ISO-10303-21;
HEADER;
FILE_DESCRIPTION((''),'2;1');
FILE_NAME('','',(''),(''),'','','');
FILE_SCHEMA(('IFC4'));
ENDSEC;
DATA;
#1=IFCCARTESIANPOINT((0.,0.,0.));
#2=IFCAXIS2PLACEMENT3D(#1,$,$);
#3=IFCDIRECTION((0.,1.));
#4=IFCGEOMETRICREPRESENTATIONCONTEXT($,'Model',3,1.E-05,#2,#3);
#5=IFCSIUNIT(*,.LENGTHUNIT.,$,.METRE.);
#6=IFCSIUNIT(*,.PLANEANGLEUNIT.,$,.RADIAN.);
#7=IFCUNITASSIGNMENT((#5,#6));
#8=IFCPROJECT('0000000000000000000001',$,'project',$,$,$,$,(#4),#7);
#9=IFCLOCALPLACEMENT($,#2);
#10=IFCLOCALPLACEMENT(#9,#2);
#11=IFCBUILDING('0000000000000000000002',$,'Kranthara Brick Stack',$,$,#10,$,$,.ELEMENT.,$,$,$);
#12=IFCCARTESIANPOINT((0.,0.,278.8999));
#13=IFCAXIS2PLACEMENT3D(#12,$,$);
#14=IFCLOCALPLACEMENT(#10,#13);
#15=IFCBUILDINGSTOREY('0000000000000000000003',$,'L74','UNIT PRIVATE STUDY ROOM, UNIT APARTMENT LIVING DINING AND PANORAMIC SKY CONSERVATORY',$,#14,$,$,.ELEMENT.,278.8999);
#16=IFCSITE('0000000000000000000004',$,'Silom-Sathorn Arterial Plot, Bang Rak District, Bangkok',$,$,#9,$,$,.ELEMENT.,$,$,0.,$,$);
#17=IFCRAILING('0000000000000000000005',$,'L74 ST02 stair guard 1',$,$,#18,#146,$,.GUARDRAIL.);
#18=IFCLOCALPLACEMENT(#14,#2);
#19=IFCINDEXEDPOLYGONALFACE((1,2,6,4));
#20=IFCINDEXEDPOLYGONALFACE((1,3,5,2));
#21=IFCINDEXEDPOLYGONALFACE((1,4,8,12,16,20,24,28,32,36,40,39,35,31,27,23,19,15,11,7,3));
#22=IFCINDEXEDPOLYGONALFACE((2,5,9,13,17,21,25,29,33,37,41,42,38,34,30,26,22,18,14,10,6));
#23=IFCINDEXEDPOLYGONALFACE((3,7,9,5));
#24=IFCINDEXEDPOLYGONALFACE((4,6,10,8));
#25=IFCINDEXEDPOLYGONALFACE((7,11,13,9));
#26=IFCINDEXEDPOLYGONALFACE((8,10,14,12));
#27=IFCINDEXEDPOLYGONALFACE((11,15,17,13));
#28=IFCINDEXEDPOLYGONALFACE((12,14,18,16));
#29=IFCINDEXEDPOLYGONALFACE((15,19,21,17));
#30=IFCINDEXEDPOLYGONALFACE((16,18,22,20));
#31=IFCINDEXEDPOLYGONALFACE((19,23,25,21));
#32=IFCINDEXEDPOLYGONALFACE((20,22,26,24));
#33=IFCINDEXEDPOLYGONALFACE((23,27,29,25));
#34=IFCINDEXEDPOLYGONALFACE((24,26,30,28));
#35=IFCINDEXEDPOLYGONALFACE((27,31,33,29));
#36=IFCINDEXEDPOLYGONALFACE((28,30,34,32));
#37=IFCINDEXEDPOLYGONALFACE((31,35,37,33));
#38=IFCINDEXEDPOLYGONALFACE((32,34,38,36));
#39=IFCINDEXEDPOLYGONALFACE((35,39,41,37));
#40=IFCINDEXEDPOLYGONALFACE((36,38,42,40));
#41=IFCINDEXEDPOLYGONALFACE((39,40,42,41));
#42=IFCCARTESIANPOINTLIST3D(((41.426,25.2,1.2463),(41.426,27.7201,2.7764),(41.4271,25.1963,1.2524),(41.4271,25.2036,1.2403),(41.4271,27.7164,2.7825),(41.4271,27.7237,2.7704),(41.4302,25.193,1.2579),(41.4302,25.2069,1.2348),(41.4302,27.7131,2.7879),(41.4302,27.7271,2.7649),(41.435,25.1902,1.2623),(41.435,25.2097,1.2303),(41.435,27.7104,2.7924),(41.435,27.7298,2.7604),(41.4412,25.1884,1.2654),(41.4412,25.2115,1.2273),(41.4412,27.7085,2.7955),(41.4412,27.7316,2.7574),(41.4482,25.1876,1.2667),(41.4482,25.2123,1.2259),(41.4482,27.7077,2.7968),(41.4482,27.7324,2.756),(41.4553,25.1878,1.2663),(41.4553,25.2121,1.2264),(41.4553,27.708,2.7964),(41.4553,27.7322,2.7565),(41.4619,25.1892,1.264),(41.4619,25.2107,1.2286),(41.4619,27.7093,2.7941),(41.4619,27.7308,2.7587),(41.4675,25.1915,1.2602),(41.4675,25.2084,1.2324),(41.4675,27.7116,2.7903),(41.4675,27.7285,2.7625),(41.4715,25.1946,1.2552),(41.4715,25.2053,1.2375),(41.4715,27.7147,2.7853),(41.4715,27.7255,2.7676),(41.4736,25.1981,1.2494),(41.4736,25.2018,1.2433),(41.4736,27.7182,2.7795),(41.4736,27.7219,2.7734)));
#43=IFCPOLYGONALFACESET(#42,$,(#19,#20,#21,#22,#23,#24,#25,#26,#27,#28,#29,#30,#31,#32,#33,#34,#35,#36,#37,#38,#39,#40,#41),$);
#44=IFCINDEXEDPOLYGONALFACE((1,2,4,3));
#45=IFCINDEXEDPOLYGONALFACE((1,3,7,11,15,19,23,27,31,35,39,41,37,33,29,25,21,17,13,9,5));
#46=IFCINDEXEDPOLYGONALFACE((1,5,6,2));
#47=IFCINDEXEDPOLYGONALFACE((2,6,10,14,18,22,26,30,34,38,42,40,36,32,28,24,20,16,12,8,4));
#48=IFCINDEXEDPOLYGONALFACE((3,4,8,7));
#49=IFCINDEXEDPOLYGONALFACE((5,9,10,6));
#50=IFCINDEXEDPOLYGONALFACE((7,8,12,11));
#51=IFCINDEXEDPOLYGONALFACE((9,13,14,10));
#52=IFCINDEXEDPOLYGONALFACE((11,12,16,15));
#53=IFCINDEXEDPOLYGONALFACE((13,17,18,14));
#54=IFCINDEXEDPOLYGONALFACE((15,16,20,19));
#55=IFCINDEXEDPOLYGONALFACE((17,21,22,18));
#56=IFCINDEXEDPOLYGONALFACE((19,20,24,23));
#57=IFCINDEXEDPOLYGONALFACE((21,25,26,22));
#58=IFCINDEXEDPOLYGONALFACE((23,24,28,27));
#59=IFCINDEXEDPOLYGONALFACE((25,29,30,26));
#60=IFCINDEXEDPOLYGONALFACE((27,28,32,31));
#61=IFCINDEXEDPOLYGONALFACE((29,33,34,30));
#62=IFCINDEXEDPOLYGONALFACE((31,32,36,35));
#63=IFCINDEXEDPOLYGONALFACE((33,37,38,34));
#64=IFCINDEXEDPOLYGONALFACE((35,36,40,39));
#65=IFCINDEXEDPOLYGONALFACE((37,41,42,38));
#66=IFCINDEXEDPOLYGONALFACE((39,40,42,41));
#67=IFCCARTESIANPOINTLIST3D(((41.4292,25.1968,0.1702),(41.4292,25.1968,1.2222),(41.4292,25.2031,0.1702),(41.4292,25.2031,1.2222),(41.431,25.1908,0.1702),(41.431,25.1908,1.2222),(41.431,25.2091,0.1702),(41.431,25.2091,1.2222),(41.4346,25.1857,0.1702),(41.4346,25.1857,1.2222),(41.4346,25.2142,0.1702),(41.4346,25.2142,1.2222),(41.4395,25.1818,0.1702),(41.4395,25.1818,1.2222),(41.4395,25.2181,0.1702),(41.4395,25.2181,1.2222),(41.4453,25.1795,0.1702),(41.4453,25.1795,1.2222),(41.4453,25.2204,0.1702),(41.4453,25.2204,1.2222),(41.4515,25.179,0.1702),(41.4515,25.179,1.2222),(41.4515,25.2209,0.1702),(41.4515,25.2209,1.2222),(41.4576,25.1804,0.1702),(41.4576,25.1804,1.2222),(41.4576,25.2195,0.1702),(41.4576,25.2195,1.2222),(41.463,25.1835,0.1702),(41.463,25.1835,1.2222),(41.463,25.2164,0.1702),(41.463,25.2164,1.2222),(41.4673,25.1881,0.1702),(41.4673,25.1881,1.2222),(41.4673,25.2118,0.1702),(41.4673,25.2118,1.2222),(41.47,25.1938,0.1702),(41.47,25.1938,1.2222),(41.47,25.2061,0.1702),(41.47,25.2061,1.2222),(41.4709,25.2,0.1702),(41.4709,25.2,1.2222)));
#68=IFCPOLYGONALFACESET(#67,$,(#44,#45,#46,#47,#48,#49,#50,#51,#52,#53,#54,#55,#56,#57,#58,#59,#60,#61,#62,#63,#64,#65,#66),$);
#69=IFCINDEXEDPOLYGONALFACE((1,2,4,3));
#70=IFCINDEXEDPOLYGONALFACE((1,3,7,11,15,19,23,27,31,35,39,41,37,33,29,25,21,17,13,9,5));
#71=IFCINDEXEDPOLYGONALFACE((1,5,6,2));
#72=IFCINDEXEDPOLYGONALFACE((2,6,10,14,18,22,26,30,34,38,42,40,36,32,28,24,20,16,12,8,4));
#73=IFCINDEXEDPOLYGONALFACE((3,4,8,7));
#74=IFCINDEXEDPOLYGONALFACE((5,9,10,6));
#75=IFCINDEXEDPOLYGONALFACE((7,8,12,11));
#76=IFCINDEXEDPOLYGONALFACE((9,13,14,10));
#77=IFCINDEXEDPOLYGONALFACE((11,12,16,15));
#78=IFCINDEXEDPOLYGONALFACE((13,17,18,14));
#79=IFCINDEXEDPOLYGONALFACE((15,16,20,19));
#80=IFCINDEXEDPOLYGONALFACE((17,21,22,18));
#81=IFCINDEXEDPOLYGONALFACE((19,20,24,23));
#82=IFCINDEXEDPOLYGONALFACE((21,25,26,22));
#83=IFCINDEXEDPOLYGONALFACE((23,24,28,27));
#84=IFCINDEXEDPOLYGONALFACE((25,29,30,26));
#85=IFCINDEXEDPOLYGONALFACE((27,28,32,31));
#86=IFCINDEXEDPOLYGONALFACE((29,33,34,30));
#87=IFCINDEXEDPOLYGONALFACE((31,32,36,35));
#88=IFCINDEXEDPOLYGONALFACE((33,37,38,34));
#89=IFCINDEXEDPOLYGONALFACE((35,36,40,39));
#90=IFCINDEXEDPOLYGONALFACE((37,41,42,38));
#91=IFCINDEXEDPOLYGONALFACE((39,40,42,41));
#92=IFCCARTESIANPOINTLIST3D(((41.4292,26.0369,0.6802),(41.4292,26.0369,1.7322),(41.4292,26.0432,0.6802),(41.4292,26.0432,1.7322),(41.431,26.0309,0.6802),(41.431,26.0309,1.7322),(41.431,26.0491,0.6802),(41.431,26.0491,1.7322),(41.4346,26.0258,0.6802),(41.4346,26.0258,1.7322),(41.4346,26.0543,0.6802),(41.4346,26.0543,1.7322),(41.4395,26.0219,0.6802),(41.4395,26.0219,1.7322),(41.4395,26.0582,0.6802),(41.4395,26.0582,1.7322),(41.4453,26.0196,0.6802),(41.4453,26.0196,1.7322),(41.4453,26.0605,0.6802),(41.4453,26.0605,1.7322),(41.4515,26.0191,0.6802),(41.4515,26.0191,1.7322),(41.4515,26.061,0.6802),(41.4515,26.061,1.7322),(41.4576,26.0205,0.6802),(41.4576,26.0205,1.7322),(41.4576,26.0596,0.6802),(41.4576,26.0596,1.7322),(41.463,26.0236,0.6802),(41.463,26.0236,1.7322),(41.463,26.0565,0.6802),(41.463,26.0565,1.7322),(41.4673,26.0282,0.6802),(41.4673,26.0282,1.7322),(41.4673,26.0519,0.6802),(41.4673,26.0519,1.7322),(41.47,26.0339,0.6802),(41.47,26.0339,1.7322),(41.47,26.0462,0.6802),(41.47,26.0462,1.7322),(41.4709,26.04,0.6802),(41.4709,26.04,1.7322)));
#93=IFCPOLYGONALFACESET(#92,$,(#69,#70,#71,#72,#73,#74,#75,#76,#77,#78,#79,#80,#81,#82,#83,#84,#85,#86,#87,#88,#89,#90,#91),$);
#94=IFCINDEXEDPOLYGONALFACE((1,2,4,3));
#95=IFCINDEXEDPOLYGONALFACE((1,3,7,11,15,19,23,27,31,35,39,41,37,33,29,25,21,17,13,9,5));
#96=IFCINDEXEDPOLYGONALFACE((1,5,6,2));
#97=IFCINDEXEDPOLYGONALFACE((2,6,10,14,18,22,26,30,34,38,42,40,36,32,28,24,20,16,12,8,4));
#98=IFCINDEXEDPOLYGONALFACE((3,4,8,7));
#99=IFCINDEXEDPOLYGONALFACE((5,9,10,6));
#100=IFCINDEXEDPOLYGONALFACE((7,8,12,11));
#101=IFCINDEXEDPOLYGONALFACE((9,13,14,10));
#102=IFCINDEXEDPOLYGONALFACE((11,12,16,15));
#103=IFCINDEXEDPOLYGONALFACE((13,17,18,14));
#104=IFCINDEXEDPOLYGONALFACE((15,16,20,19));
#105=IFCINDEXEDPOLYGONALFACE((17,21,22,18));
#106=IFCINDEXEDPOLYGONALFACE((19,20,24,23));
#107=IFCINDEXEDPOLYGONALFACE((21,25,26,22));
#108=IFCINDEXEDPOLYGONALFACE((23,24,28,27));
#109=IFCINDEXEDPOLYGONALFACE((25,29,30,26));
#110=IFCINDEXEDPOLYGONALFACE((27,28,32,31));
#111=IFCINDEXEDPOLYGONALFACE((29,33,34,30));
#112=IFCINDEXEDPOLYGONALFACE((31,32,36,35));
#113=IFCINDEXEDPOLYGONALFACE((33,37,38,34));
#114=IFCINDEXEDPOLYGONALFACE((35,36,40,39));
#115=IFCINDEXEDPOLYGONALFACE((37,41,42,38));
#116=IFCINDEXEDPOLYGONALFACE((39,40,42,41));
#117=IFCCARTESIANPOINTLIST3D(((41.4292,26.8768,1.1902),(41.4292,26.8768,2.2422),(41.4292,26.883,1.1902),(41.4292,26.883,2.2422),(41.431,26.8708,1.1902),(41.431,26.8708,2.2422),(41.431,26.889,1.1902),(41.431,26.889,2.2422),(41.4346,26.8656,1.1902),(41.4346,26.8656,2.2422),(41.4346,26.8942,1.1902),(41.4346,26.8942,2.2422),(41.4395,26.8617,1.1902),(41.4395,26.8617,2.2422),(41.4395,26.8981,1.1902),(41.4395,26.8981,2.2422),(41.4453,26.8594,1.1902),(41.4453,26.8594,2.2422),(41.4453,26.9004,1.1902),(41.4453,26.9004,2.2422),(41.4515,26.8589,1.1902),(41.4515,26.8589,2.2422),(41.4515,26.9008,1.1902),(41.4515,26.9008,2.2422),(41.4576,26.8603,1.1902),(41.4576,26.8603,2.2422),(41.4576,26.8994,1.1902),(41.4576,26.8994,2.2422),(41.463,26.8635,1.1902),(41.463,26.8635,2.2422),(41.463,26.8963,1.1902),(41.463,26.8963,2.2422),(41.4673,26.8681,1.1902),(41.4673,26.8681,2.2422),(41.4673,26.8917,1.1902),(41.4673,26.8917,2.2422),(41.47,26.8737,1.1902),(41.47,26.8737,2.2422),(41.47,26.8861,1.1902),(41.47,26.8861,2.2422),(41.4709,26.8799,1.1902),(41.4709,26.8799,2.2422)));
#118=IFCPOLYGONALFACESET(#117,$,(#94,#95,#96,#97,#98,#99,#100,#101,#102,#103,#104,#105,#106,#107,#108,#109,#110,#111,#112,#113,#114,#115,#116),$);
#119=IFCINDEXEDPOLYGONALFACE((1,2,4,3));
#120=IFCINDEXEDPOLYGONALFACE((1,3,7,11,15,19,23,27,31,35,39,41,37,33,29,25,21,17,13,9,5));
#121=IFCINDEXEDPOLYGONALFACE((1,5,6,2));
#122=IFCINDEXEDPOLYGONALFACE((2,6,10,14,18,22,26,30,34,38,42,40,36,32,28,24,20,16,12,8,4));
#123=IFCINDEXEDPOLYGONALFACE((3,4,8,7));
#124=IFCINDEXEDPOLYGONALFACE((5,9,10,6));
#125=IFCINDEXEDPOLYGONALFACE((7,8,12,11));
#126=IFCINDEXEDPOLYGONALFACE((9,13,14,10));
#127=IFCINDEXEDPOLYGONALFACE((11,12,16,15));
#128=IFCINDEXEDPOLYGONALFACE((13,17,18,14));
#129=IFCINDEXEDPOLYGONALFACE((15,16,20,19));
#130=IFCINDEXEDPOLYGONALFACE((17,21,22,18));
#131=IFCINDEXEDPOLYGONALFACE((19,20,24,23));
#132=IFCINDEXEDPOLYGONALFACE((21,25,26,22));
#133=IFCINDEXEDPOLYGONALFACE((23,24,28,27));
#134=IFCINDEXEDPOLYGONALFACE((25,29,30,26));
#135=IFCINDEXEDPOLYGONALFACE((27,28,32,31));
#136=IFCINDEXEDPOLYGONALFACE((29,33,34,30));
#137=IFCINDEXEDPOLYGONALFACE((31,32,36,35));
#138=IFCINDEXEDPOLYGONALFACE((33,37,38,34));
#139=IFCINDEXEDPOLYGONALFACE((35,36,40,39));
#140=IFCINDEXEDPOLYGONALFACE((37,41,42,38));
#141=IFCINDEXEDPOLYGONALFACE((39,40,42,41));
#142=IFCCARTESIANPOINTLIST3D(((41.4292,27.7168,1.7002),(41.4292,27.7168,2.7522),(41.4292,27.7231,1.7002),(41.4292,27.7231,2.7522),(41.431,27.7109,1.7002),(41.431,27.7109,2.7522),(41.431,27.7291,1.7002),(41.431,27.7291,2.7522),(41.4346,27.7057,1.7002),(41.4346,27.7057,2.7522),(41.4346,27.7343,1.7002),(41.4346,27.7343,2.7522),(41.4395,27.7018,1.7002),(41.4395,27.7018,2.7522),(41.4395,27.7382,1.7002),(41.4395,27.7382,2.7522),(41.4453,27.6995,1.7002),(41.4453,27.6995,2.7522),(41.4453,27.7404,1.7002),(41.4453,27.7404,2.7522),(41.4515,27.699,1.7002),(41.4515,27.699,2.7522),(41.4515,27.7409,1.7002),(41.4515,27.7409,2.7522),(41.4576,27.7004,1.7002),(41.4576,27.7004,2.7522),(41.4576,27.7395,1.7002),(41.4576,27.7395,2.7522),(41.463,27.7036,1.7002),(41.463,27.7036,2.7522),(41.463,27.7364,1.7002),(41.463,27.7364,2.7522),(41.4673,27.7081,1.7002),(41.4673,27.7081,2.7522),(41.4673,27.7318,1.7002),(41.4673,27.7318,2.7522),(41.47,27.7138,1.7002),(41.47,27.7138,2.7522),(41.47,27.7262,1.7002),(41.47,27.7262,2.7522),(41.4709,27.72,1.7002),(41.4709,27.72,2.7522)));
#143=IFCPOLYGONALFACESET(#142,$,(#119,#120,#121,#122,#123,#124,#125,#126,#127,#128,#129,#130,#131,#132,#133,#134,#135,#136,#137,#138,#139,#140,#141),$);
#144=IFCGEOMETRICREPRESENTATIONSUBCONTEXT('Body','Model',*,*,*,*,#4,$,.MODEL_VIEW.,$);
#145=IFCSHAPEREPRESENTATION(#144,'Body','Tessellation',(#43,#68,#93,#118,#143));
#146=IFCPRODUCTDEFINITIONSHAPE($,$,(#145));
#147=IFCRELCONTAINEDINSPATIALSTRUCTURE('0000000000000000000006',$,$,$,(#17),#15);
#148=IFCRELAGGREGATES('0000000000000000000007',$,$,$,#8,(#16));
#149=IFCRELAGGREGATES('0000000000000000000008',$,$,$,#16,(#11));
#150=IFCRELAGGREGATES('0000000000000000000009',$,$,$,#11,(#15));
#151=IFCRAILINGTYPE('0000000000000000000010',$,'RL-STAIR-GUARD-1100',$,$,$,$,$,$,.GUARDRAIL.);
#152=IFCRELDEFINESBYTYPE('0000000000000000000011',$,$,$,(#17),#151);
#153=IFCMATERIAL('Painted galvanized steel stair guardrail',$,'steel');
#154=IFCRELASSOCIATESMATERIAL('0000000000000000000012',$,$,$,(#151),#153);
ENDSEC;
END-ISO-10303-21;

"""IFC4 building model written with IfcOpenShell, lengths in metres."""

from ifc_helpers import new_model, si_unit, direction, frame, origin, origin_2d, place, context, subcontext, project, spatial, circle, extrude, material, type_object, element, save


model = new_model("IFC4")

# Units and contexts
model_context = context("Model", 3, precision=1e-05, world=origin(), true_north=direction((0.0, 1.0)))
body_context = subcontext(model_context, "Body", "Model", "MODEL_VIEW")
ifc_project = project(units=[si_unit("LENGTHUNIT", "METRE"), si_unit("PLANEANGLEUNIT", "RADIAN")], contexts=[model_context])

# Site, building, storey
site_placement = place(None, origin())
site = spatial("IfcSite", under=ifc_project, at=site_placement, Name="Silom-Sathorn Arterial Plot, Bang Rak District, Bangkok", CompositionType="ELEMENT", RefElevation=0.0)
building_placement = place(site_placement, origin())
building = spatial("IfcBuilding", under=site, at=building_placement, Name="Kranthara Brick Stack", CompositionType="ELEMENT")
storey_placement = place(building_placement, frame((0.0, 0.0, 278.8999)))
storey = spatial("IfcBuildingStorey", under=building, at=storey_placement, Name="L74", Description="UNIT PRIVATE STUDY ROOM, UNIT APARTMENT LIVING DINING AND PANORAMIC SKY CONSERVATORY", CompositionType="ELEMENT", Elevation=278.8999)

# Railing
ifc_material_1 = material(Name="Painted galvanized steel stair guardrail", Category="steel")
railing_type_1 = type_object("IfcRailingType", Name="RL-STAIR-GUARD-1100", PredefinedType="GUARDRAIL", material=ifc_material_1)
railing_1_placement = place(storey_placement, frame((41.45, 25.2, 0.1702)))
element("IfcRailing", 1, at=railing_1_placement, inside=storey, type_object=railing_type_1, Name="L74 ST02 stair guard 1", PredefinedType="GUARDRAIL", context=body_context, shape_type="SweptSolid", body=[
    extrude(circle(Radius=0.0239, at=origin_2d()), frame((0.0, 0.0, 1.0762), z_axis=(0.0, 0.854785, 0.518982), x_axis=(-1.0, 0.0, 0.0)), (0.0, 0.0, 1.0), 2.9482),
    extrude(circle(Radius=0.021, at=origin_2d()), origin(), (0.0, 0.0, 1.0), 1.052),
    extrude(circle(Radius=0.021, at=origin_2d()), frame((0.0, 0.8401, 0.51)), (0.0, 0.0, 1.0), 1.052),
    extrude(circle(Radius=0.021, at=origin_2d()), frame((0.0, 1.6799, 1.02)), (0.0, 0.0, 1.0), 1.052),
    extrude(circle(Radius=0.021, at=origin_2d()), frame((0.0, 2.52, 1.53)), (0.0, 0.0, 1.0), 1.052),
])

save(model, "model.ifc")
